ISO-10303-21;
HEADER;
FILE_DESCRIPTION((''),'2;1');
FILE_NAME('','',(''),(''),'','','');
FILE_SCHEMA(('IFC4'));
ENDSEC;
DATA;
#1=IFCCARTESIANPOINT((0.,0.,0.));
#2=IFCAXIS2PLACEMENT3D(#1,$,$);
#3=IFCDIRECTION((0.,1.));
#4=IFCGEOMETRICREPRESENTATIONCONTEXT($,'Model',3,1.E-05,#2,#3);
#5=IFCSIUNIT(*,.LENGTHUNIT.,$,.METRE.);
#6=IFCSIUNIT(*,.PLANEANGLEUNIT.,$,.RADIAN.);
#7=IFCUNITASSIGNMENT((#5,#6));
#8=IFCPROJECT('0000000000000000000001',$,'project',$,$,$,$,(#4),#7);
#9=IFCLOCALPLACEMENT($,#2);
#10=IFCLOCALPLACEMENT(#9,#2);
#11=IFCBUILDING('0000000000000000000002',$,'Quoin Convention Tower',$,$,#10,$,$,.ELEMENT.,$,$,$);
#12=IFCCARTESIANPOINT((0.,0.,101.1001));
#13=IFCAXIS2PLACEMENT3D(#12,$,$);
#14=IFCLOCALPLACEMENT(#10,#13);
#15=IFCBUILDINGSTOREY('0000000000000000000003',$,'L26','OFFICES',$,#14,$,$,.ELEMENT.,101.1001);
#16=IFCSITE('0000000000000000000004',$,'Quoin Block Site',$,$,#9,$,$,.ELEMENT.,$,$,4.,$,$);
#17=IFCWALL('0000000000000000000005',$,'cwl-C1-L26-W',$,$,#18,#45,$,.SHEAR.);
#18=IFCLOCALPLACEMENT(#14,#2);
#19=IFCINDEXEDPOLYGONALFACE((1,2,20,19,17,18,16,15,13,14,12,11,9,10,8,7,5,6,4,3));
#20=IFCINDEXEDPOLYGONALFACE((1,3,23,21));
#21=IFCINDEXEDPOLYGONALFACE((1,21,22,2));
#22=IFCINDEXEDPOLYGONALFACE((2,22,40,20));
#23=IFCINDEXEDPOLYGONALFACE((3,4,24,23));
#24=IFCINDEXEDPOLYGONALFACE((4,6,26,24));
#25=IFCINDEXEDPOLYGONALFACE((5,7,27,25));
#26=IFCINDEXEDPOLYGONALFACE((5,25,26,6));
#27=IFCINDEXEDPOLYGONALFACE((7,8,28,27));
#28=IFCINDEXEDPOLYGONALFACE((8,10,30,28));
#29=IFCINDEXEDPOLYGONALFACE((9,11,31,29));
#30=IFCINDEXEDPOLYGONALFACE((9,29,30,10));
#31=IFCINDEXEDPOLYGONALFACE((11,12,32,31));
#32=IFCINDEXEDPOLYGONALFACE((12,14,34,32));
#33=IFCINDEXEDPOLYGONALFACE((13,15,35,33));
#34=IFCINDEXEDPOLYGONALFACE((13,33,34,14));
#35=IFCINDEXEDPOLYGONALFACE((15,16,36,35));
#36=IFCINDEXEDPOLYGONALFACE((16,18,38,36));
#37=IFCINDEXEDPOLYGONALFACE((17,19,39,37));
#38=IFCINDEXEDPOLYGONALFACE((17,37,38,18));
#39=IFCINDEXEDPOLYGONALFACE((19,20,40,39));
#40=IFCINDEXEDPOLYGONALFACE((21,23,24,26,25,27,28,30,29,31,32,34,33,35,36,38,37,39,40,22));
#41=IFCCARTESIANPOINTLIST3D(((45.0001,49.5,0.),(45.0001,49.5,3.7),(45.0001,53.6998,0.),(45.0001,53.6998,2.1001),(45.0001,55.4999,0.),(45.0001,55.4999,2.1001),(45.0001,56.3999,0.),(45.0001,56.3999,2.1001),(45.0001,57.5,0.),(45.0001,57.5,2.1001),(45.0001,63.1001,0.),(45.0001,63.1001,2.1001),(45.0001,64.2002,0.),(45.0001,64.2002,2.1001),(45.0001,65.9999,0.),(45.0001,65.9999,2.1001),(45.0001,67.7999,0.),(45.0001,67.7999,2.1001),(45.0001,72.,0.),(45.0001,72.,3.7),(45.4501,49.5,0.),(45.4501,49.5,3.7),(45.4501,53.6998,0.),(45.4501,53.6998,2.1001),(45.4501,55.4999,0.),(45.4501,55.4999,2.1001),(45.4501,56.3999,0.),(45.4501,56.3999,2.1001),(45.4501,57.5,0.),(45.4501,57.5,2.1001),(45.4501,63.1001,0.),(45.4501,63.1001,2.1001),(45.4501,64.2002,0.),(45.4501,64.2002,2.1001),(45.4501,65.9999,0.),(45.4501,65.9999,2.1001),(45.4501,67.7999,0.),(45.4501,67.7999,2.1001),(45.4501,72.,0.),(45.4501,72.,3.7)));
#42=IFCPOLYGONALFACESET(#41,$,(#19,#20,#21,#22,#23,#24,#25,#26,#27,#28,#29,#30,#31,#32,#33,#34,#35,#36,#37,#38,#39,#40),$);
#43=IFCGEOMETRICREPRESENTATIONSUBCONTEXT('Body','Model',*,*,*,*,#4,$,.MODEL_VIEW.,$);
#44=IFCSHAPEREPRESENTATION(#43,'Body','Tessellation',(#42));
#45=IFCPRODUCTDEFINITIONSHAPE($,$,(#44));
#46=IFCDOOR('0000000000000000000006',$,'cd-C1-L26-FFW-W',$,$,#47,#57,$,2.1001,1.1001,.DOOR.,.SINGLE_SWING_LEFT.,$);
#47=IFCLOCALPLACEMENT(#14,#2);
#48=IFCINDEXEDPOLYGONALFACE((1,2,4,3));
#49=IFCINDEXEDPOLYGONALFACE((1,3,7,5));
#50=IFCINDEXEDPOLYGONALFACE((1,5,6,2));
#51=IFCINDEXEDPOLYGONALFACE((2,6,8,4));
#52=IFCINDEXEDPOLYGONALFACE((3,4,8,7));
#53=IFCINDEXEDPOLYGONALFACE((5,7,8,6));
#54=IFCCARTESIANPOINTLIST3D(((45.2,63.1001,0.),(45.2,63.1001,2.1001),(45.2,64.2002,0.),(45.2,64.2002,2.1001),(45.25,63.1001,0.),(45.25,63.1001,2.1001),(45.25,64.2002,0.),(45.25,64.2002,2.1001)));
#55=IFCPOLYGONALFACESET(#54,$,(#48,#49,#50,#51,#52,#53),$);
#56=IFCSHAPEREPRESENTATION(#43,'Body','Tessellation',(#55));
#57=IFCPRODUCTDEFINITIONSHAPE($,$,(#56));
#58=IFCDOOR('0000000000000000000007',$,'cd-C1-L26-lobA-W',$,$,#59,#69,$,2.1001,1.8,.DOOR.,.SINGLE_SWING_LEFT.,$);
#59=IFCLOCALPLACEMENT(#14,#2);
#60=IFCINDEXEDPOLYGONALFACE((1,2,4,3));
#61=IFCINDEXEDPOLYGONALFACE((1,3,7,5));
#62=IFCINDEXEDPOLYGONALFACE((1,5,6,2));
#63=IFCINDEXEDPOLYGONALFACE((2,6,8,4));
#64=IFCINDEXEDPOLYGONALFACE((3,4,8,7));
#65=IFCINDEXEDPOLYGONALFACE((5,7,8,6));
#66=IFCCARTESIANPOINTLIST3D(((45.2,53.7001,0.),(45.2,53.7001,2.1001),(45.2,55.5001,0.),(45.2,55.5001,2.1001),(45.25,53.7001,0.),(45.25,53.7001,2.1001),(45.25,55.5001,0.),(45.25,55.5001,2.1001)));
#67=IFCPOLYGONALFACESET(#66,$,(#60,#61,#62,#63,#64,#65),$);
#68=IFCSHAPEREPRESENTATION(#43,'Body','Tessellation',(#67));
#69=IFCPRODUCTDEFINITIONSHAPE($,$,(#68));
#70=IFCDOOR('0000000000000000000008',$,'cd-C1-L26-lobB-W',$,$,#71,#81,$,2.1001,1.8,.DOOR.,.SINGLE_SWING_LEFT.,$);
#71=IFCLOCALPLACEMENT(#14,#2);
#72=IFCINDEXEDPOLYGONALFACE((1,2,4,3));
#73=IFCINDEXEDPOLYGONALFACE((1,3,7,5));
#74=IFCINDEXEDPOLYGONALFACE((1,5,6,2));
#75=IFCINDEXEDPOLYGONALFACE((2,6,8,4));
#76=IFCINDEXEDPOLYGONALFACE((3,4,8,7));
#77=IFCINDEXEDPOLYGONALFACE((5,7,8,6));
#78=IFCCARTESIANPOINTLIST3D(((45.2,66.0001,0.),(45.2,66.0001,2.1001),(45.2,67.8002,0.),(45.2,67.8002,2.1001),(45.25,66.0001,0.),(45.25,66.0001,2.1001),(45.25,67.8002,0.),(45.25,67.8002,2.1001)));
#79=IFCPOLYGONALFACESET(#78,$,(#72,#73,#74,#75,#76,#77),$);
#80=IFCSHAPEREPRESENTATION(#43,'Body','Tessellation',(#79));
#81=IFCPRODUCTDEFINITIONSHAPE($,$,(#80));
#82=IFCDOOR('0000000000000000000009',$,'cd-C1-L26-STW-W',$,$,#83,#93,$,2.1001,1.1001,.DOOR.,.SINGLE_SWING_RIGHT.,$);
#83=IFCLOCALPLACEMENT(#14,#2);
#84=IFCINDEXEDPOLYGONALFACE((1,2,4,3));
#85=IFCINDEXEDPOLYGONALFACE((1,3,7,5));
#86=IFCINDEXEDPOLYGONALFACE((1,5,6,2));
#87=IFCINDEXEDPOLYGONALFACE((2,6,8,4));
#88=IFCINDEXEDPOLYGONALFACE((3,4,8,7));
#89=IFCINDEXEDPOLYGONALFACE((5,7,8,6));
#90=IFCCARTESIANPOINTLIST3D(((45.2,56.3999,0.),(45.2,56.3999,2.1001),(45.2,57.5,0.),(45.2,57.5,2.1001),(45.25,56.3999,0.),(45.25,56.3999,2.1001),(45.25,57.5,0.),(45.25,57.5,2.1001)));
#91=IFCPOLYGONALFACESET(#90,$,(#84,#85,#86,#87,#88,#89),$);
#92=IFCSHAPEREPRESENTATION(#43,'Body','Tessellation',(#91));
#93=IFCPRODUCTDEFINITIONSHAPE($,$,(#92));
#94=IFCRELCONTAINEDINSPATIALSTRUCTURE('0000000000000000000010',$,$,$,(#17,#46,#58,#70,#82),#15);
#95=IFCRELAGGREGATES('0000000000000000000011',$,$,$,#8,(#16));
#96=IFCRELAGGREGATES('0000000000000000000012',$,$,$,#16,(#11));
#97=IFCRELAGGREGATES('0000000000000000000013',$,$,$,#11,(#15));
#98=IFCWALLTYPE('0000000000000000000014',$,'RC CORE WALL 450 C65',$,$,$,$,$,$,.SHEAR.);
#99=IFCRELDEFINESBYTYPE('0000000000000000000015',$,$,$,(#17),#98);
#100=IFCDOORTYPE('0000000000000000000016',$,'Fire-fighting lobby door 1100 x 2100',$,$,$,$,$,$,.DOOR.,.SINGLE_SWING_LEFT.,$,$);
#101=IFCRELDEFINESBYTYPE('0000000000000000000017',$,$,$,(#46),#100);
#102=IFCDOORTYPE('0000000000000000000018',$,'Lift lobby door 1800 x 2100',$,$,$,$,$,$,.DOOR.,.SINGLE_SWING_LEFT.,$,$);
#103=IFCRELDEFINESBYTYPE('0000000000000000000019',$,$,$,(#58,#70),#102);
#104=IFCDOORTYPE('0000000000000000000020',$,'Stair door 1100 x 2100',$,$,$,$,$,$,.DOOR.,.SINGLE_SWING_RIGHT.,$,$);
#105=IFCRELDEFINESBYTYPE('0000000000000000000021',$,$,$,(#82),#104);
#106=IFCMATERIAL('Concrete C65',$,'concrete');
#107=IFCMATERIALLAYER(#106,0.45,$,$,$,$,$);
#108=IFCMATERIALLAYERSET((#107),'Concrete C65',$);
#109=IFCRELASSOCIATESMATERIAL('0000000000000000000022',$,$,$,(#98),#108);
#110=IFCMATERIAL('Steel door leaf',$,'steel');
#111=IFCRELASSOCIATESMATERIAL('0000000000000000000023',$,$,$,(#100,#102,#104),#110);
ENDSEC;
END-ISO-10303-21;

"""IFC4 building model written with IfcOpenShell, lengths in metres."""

from ifc_helpers import new_model, si_unit, direction, frame, frame_2d, origin, place, context, subcontext, project, spatial, rectangle, extrude, material, layer, layer_set, type_object, element, fill, save


model = new_model("IFC4")

# Units and contexts
model_context = context("Model", 3, precision=1e-05, world=origin(), true_north=direction((0.0, 1.0)))
body_context = subcontext(model_context, "Body", "Model", "MODEL_VIEW")
ifc_project = project(units=[si_unit("LENGTHUNIT", "METRE"), si_unit("PLANEANGLEUNIT", "RADIAN")], contexts=[model_context])

# Site, building, storey
site_placement = place(None, origin())
site = spatial("IfcSite", under=ifc_project, at=site_placement, Name="Quoin Block Site", CompositionType="ELEMENT", RefElevation=4.0)
building_placement = place(site_placement, origin())
building = spatial("IfcBuilding", under=site, at=building_placement, Name="Quoin Convention Tower", CompositionType="ELEMENT")
storey_placement = place(building_placement, frame((0.0, 0.0, 101.1001)))
storey = spatial("IfcBuildingStorey", under=building, at=storey_placement, Name="L26", Description="OFFICES", CompositionType="ELEMENT", Elevation=101.1001)

# Shared definitions
ifc_material_1 = material(Name="Steel door leaf", Category="steel")

# Shared definitions
ifc_material_2 = material(Name="Concrete C65", Category="concrete")
ifc_layer_1 = layer(ifc_material_2, 0.45)
ifc_layer_set_1 = layer_set([ifc_layer_1], Name="Concrete C65")
wall_type_1 = type_object("IfcWallType", Name="RC CORE WALL 450 C65", PredefinedType="SHEAR", material=ifc_layer_set_1)

# Wall, openings, doors
wall_1_placement = place(storey_placement, frame((45.2251, 49.5, 0.0), z_axis=(0.0, 0.0, 1.0), x_axis=(0.0, 1.0, 0.0)))
wall_1 = element("IfcWall", 1, at=wall_1_placement, inside=storey, type_object=wall_type_1, Name="cwl-C1-L26-W", PredefinedType="SHEAR", context=body_context, shape_type="SweptSolid", body=[
    extrude(rectangle(XDim=22.5, YDim=0.45, at=frame_2d((11.25, 0.0))), origin(), (0.0, 0.0, 1.0), 3.7),
])
opening_1_placement = place(wall_1_placement, frame((4.2, 0.0, 0.0)))
opening_1 = element("IfcOpeningElement", 2, at=opening_1_placement, cuts=wall_1, PredefinedType="OPENING", context=body_context, shape_type="SweptSolid", body=[
    extrude(rectangle(XDim=1.8, YDim=2.1001, at=frame_2d((0.8999, 1.05))), frame((0.0, 0.2349, 0.0), z_axis=(0.0, -1.0, 0.0), x_axis=(1.0, 0.0, 0.0)), (0.0, 0.0, 1.0), 0.47),
])
opening_2_placement = place(wall_1_placement, frame((6.8999, 0.0, 0.0)))
opening_2 = element("IfcOpeningElement", 3, at=opening_2_placement, cuts=wall_1, PredefinedType="OPENING", context=body_context, shape_type="SweptSolid", body=[
    extrude(rectangle(XDim=1.1001, YDim=2.1001, at=frame_2d((0.55, 1.05))), frame((0.0, 0.2349, 0.0), z_axis=(0.0, -1.0, 0.0), x_axis=(1.0, 0.0, 0.0)), (0.0, 0.0, 1.0), 0.47),
])
opening_3_placement = place(wall_1_placement, frame((13.6001, 0.0, 0.0)))
opening_3 = element("IfcOpeningElement", 4, at=opening_3_placement, cuts=wall_1, PredefinedType="OPENING", context=body_context, shape_type="SweptSolid", body=[
    extrude(rectangle(XDim=1.1001, YDim=2.1001, at=frame_2d((0.55, 1.05))), frame((0.0, 0.2349, 0.0), z_axis=(0.0, -1.0, 0.0), x_axis=(1.0, 0.0, 0.0)), (0.0, 0.0, 1.0), 0.47),
])
opening_4_placement = place(wall_1_placement, frame((16.5, 0.0, 0.0)))
opening_4 = element("IfcOpeningElement", 5, at=opening_4_placement, cuts=wall_1, PredefinedType="OPENING", context=body_context, shape_type="SweptSolid", body=[
    extrude(rectangle(XDim=1.8, YDim=2.1001, at=frame_2d((0.8999, 1.05))), frame((0.0, 0.2349, 0.0), z_axis=(0.0, -1.0, 0.0), x_axis=(1.0, 0.0, 0.0)), (0.0, 0.0, 1.0), 0.47),
])
door_type_1 = type_object("IfcDoorType", Name="Fire-fighting lobby door 1100 x 2100", OperationType="SINGLE_SWING_LEFT", PredefinedType="DOOR", material=ifc_material_1)
door_1_placement = place(opening_3_placement, frame((1.1001, 0.0, 0.0), z_axis=(0.0, 0.0, 1.0), x_axis=(-1.0, 0.0, 0.0)))
door_1 = element("IfcDoor", 6, at=door_1_placement, inside=storey, type_object=door_type_1, Name="cd-C1-L26-FFW-W", OperationType="SINGLE_SWING_LEFT", OverallHeight=2.1001, OverallWidth=1.1001, PredefinedType="DOOR", context=body_context, shape_type="SweptSolid", body=[
    extrude(rectangle(XDim=1.1001, YDim=2.1001, at=frame_2d((0.55, 1.05))), frame((0.0, 0.0249, 0.0), z_axis=(0.0, -1.0, 0.0), x_axis=(1.0, 0.0, 0.0)), (0.0, 0.0, 1.0), 0.05),
])
fill(opening_3, door_1)
door_type_2 = type_object("IfcDoorType", Name="Lift lobby door 1800 x 2100", OperationType="SINGLE_SWING_LEFT", PredefinedType="DOOR", material=ifc_material_1)
door_2_placement = place(opening_1_placement, frame((1.8, 0.0, 0.0), z_axis=(0.0, 0.0, 1.0), x_axis=(-1.0, 0.0, 0.0)))
door_2 = element("IfcDoor", 7, at=door_2_placement, inside=storey, type_object=door_type_2, Name="cd-C1-L26-lobA-W", OperationType="SINGLE_SWING_LEFT", OverallHeight=2.1001, OverallWidth=1.8, PredefinedType="DOOR", context=body_context, shape_type="SweptSolid", body=[
    extrude(rectangle(XDim=1.8, YDim=2.1001, at=frame_2d((0.8999, 1.05))), frame((0.0, 0.0249, 0.0), z_axis=(0.0, -1.0, 0.0), x_axis=(1.0, 0.0, 0.0)), (0.0, 0.0, 1.0), 0.05),
])
fill(opening_1, door_2)
door_3_placement = place(opening_4_placement, frame((1.8, 0.0, 0.0), z_axis=(0.0, 0.0, 1.0), x_axis=(-1.0, 0.0, 0.0)))
door_3 = element("IfcDoor", 8, at=door_3_placement, inside=storey, type_object=door_type_2, Name="cd-C1-L26-lobB-W", OperationType="SINGLE_SWING_LEFT", OverallHeight=2.1001, OverallWidth=1.8, PredefinedType="DOOR", context=body_context, shape_type="SweptSolid", body=[
    extrude(rectangle(XDim=1.8, YDim=2.1001, at=frame_2d((0.8999, 1.05))), frame((0.0, 0.0249, 0.0), z_axis=(0.0, -1.0, 0.0), x_axis=(1.0, 0.0, 0.0)), (0.0, 0.0, 1.0), 0.05),
])
fill(opening_4, door_3)
door_type_3 = type_object("IfcDoorType", Name="Stair door 1100 x 2100", OperationType="SINGLE_SWING_RIGHT", PredefinedType="DOOR", material=ifc_material_1)
door_4_placement = place(opening_2_placement, frame((1.1001, 0.0, 0.0), z_axis=(0.0, 0.0, 1.0), x_axis=(-1.0, 0.0, 0.0)))
door_4 = element("IfcDoor", 9, at=door_4_placement, inside=storey, type_object=door_type_3, Name="cd-C1-L26-STW-W", OperationType="SINGLE_SWING_RIGHT", OverallHeight=2.1001, OverallWidth=1.1001, PredefinedType="DOOR", context=body_context, shape_type="SweptSolid", body=[
    extrude(rectangle(XDim=1.1001, YDim=2.1001, at=frame_2d((0.55, 1.05))), frame((0.0, 0.0249, 0.0), z_axis=(0.0, -1.0, 0.0), x_axis=(1.0, 0.0, 0.0)), (0.0, 0.0, 1.0), 0.05),
])
fill(opening_2, door_4)

save(model, "model.ifc")
